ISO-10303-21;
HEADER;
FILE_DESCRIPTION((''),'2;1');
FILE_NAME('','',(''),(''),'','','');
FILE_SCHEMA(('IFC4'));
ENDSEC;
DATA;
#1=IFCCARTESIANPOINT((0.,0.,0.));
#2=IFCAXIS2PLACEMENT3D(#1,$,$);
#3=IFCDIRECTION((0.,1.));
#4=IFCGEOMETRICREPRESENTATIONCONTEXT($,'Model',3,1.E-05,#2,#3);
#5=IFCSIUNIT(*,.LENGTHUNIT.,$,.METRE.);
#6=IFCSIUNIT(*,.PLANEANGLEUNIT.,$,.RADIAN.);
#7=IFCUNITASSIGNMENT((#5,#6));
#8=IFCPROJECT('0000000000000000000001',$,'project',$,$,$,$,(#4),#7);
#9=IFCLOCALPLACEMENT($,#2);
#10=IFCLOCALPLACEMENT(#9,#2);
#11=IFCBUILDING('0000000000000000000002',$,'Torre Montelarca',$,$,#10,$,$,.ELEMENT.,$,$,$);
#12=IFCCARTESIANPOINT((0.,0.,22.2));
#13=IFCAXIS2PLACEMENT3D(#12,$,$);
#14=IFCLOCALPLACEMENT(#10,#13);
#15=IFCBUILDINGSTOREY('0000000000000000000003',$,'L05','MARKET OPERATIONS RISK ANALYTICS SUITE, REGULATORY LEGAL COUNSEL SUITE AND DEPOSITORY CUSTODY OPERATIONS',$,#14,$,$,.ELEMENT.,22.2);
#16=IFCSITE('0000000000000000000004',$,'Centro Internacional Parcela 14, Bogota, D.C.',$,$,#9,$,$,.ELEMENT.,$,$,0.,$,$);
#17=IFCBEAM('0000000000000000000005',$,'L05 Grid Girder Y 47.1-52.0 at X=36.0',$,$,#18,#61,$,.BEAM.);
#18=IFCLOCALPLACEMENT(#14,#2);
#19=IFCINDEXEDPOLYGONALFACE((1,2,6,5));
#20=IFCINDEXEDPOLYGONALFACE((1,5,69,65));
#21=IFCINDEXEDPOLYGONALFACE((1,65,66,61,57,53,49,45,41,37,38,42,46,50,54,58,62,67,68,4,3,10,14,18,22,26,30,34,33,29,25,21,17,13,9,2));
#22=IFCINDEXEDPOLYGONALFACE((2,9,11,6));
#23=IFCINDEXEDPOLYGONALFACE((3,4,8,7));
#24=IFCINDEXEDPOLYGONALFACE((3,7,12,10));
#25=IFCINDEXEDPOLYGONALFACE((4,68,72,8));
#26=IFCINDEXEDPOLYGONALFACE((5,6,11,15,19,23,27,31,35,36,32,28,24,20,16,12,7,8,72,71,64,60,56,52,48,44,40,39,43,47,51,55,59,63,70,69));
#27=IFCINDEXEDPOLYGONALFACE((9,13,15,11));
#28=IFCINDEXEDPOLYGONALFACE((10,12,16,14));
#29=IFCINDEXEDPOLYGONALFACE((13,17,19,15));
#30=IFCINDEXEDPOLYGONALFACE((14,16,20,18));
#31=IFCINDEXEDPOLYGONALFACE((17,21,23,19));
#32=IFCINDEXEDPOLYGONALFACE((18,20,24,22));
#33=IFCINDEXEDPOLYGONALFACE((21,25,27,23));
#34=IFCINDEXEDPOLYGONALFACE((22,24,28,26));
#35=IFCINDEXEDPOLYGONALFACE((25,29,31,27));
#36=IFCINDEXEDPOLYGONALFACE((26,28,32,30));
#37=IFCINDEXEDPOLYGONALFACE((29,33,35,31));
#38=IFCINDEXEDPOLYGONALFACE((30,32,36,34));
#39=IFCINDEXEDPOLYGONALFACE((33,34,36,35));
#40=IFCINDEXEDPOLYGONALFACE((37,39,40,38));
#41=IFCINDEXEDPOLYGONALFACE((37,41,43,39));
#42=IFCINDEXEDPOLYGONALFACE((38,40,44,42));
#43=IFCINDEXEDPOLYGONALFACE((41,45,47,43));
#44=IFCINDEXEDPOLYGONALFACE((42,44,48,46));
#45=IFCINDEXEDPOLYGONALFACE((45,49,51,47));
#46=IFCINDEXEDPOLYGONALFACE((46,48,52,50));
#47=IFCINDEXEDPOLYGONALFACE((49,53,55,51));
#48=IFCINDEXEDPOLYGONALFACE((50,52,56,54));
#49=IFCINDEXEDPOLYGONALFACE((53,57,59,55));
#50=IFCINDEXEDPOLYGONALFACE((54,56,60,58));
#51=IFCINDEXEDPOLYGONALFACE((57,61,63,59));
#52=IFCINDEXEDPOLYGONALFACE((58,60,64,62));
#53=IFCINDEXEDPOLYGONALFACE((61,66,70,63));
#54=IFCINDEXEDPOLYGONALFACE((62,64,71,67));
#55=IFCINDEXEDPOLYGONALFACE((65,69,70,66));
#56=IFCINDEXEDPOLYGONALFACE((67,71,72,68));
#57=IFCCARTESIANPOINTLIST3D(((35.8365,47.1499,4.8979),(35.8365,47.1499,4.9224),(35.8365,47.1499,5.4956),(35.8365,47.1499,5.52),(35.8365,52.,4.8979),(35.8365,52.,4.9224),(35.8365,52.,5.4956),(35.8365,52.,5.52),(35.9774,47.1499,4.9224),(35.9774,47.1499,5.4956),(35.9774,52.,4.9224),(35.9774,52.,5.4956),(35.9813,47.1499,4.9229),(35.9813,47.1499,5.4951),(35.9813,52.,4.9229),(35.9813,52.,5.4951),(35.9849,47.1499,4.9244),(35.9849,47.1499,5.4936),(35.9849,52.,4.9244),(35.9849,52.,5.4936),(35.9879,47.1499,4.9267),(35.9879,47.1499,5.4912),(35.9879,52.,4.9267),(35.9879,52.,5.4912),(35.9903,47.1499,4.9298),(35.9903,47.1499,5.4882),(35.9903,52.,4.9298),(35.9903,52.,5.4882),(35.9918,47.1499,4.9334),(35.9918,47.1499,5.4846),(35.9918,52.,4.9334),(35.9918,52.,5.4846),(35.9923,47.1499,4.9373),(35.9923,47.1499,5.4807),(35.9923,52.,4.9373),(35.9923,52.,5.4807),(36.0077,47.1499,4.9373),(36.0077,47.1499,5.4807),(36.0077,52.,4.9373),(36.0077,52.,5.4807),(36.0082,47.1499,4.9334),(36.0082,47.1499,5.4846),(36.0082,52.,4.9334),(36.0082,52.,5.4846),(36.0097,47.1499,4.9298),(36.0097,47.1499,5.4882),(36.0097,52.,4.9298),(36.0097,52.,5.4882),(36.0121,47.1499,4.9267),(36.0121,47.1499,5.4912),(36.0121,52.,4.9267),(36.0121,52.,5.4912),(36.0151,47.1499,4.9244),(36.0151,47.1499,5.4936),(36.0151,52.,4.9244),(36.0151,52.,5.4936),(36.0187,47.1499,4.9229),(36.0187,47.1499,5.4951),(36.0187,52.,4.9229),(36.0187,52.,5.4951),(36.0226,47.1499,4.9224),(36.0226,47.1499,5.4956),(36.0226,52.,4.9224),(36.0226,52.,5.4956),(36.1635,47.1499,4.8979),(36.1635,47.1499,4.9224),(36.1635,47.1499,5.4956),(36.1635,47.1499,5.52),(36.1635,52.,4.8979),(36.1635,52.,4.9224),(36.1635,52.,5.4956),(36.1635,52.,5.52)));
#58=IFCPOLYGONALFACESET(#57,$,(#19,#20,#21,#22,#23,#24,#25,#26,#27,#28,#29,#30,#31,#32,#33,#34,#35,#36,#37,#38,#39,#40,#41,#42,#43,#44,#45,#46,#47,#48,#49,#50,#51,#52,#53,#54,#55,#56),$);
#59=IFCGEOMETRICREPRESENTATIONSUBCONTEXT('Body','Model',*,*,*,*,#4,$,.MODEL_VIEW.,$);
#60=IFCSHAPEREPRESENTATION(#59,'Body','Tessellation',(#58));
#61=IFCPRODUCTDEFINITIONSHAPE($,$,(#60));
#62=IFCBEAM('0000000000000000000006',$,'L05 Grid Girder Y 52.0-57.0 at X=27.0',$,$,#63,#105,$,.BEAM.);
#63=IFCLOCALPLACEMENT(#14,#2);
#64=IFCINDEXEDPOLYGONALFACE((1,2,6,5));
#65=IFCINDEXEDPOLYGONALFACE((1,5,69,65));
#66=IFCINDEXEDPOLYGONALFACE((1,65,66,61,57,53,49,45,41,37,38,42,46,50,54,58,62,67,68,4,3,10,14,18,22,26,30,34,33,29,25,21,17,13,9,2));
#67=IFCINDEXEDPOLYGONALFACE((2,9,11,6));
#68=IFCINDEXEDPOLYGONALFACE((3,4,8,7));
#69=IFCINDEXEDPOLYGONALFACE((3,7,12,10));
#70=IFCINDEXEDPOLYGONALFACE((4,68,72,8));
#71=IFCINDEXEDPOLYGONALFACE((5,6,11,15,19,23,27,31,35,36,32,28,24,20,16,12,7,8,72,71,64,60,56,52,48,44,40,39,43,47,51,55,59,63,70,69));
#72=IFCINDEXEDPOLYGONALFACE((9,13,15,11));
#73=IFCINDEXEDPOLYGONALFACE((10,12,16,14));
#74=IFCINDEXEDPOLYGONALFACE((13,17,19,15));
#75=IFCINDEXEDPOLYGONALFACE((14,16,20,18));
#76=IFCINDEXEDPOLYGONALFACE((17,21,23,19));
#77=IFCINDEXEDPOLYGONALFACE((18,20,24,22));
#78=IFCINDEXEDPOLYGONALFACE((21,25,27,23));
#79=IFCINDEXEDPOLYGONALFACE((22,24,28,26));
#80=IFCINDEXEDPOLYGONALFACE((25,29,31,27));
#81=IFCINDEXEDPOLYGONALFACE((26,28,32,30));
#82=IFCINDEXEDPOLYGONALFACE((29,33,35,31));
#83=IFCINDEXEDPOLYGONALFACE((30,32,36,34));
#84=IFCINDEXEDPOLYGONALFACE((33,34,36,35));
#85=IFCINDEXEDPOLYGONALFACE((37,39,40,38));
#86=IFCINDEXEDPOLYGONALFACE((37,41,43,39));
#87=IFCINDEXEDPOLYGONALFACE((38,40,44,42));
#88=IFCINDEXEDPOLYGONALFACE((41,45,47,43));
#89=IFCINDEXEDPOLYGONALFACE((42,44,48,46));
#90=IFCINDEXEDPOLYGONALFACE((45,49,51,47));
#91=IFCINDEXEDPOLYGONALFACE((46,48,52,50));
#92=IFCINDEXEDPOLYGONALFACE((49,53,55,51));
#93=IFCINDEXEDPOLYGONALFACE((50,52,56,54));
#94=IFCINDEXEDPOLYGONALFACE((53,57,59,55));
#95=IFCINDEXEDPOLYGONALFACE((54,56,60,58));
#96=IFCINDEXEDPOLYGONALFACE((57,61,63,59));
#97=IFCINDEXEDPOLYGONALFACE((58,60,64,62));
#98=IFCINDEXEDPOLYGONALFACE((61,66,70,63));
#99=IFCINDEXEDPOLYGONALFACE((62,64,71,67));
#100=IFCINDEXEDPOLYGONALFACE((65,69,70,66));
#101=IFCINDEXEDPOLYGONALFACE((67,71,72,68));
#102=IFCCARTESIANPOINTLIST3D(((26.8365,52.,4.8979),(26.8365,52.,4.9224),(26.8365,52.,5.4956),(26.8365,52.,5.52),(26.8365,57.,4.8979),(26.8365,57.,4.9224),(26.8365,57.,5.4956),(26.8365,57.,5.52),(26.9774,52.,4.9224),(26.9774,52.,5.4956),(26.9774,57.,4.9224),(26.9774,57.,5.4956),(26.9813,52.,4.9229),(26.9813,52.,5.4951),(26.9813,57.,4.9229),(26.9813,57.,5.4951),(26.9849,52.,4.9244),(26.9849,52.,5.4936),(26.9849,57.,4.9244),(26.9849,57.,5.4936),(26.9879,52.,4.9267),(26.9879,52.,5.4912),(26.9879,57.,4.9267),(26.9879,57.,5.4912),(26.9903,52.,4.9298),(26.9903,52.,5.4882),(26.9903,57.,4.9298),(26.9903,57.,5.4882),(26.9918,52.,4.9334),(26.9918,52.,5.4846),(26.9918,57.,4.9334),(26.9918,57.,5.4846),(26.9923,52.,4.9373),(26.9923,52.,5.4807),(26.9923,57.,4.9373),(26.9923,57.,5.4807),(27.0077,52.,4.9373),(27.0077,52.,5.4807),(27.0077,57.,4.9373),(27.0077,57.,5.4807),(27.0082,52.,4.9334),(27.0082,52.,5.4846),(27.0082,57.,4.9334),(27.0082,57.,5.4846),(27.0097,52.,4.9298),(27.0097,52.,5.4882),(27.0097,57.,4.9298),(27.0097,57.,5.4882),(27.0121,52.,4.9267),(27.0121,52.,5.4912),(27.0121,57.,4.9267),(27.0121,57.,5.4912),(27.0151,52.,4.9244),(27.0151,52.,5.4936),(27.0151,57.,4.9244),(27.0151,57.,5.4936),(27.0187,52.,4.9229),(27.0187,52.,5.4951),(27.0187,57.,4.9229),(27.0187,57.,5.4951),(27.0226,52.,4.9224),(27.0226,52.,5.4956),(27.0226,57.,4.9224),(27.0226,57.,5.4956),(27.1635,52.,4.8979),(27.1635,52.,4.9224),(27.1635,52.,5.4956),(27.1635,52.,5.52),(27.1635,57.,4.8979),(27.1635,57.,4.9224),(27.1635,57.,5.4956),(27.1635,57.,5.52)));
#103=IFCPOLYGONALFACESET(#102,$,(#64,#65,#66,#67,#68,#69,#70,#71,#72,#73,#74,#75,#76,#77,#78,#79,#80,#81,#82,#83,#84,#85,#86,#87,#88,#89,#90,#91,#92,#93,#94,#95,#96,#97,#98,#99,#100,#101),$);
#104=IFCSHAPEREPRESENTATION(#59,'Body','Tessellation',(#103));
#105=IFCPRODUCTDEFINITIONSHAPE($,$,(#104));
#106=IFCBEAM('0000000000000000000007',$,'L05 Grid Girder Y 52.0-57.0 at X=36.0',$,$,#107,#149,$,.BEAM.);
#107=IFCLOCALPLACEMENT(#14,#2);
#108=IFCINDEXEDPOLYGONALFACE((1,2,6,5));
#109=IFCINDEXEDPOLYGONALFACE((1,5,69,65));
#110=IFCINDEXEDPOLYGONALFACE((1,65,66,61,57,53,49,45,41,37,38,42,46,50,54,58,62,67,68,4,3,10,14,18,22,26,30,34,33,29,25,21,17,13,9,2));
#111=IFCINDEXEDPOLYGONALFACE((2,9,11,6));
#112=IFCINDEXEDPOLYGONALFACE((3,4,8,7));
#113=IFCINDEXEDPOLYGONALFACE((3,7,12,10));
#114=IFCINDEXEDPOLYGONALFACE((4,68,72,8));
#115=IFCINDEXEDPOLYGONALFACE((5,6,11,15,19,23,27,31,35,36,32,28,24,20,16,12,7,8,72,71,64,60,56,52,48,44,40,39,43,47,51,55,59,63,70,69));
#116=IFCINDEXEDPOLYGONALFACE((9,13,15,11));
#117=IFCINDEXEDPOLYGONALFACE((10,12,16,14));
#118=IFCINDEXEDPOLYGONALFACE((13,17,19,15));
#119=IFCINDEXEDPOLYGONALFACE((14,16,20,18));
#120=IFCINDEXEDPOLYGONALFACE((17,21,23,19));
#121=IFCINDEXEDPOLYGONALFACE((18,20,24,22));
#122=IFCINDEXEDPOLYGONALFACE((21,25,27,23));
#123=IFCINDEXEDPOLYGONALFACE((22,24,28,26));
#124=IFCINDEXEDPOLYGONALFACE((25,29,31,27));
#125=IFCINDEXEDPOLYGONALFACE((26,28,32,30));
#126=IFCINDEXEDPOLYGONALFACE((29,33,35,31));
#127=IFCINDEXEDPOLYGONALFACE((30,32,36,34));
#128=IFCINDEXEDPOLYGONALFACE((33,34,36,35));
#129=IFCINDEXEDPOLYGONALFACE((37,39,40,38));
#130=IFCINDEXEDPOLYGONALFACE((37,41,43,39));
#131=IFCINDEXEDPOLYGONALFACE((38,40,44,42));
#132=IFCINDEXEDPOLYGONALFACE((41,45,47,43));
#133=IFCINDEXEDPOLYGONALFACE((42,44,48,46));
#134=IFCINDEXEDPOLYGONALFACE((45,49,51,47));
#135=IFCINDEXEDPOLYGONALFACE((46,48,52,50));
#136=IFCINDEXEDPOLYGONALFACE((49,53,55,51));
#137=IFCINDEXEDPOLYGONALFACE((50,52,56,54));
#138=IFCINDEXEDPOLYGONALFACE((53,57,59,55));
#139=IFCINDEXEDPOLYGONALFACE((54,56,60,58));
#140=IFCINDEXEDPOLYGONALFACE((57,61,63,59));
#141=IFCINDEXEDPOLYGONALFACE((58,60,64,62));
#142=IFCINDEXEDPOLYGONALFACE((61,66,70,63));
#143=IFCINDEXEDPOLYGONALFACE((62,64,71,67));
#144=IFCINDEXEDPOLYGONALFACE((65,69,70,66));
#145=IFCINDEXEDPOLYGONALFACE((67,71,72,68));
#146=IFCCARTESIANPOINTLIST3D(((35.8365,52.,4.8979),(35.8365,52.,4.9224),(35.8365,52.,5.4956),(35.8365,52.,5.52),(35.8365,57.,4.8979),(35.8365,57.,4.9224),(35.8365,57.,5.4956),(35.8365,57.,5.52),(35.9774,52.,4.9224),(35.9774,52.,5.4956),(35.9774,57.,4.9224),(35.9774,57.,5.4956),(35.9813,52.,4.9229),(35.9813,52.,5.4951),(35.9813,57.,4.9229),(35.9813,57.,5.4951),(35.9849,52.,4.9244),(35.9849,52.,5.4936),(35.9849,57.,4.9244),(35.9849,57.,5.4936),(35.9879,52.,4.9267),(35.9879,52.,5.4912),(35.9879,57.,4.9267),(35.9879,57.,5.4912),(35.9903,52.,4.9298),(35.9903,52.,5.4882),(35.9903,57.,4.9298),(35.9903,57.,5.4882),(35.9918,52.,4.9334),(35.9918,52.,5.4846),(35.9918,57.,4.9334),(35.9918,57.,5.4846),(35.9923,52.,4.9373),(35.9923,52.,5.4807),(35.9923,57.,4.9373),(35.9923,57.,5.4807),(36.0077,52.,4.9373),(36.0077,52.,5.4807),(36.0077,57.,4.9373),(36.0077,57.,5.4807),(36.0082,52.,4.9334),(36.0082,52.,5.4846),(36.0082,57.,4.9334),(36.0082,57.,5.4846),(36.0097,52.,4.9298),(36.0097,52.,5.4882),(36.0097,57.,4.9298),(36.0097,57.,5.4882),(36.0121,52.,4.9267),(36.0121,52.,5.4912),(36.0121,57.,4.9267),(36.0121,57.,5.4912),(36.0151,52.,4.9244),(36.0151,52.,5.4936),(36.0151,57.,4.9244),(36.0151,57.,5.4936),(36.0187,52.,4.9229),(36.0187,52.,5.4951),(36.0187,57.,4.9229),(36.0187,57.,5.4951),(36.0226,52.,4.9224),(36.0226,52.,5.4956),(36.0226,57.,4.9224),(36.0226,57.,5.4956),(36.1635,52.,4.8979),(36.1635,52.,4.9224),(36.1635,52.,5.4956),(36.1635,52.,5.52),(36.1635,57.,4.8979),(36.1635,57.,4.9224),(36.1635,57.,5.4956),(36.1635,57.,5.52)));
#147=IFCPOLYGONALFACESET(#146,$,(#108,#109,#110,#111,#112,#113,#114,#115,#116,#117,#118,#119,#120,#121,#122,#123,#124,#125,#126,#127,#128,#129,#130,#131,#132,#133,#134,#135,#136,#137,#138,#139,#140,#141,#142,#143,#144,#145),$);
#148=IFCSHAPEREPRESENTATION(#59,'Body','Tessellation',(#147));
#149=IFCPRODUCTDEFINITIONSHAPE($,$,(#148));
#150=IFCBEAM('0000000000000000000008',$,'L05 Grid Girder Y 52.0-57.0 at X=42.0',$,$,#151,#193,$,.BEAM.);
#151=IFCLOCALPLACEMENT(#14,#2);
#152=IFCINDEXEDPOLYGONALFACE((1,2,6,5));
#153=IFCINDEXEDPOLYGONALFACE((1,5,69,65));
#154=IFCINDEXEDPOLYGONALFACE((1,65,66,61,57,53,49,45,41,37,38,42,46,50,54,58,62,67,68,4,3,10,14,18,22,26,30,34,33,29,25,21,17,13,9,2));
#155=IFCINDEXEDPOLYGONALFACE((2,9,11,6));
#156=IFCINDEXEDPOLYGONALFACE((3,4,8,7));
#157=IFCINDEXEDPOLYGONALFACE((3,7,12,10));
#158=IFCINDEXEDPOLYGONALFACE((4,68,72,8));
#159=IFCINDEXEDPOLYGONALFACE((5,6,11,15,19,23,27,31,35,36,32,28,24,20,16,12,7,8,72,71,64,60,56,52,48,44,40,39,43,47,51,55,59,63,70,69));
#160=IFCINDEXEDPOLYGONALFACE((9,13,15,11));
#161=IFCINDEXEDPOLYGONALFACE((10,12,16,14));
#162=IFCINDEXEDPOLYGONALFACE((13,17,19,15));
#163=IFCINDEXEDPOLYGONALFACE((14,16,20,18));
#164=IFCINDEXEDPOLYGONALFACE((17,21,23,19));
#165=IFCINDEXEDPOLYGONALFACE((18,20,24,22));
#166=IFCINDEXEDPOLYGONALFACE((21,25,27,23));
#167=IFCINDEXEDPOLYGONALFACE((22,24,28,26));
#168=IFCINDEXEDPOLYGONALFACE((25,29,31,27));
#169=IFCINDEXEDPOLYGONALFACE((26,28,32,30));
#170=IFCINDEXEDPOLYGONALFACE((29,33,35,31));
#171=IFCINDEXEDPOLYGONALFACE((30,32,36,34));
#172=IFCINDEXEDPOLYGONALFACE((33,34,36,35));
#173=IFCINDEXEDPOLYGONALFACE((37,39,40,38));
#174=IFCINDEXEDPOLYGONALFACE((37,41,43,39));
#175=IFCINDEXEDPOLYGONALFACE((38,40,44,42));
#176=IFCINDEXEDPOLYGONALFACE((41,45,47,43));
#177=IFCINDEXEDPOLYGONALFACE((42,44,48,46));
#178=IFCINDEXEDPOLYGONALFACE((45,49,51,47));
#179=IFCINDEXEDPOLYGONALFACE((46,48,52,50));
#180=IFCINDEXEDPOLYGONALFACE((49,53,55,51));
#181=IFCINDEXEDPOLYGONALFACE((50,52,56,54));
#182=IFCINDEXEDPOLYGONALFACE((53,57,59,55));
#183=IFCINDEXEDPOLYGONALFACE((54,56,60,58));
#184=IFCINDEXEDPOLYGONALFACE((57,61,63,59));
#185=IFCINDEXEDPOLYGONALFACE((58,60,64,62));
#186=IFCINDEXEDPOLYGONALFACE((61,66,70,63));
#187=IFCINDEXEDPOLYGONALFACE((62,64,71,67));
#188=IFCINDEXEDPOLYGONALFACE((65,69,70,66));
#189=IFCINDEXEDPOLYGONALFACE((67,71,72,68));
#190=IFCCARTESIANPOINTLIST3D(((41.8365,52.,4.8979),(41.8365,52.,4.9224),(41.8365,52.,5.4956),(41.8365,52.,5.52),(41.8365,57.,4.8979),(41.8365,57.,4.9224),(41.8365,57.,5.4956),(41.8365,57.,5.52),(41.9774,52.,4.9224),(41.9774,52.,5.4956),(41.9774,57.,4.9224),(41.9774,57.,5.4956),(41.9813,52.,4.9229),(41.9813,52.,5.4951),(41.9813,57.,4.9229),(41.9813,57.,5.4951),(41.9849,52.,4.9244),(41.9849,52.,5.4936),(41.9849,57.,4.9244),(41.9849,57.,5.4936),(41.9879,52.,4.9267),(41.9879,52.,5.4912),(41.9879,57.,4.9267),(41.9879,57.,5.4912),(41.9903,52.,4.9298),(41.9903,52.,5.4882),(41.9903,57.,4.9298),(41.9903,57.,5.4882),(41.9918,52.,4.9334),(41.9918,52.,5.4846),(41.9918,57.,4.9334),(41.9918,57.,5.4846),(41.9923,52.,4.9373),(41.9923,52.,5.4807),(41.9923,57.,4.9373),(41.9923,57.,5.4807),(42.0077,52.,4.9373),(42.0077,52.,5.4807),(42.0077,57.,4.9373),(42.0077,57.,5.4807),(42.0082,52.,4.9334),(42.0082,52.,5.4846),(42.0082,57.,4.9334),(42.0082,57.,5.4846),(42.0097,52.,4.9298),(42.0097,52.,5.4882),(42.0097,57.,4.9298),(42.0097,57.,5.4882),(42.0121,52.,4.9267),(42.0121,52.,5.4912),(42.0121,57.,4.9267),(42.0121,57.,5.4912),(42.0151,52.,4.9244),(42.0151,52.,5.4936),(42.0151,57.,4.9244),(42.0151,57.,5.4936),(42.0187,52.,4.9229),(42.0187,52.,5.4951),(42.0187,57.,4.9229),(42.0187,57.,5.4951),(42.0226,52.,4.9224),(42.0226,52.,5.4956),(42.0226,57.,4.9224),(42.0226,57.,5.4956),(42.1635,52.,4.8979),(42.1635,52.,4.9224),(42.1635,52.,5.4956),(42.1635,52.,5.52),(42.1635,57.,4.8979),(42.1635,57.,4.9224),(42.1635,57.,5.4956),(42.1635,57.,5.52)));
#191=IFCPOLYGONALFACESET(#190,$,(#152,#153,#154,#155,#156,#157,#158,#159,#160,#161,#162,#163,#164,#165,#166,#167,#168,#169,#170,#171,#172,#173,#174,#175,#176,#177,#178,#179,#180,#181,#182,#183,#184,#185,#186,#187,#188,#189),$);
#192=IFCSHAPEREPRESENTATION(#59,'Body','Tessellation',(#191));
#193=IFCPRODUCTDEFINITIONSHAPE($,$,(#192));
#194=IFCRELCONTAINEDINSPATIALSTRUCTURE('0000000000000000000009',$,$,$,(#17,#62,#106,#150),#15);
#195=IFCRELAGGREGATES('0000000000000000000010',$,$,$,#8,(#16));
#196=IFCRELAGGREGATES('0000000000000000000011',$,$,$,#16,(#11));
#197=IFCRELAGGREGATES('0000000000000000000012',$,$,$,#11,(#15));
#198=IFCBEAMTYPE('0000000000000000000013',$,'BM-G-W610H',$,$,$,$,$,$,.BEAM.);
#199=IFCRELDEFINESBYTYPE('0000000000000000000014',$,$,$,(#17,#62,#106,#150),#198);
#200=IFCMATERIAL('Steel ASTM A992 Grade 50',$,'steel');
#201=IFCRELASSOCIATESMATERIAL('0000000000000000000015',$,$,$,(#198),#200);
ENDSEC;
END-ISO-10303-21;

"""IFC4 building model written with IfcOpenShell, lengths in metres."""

from ifc_helpers import new_model, si_unit, direction, frame, origin, origin_2d, place, context, subcontext, project, spatial, i_section, extrude, source, transform, mapped, material, material_profile, profile_set, type_object, element, save


model = new_model("IFC4")

# Units and contexts
model_context = context("Model", 3, precision=1e-05, world=origin(), true_north=direction((0.0, 1.0)))
body_context = subcontext(model_context, "Body", "Model", "MODEL_VIEW")
ifc_project = project(units=[si_unit("LENGTHUNIT", "METRE"), si_unit("PLANEANGLEUNIT", "RADIAN")], contexts=[model_context])

# Site, building, storey
site_placement = place(None, origin())
site = spatial("IfcSite", under=ifc_project, at=site_placement, Name="Centro Internacional Parcela 14, Bogota, D.C.", CompositionType="ELEMENT", RefElevation=0.0)
building_placement = place(site_placement, origin())
building = spatial("IfcBuilding", under=site, at=building_placement, Name="Torre Montelarca", CompositionType="ELEMENT")
storey_placement = place(building_placement, frame((0.0, 0.0, 22.2)))
storey = spatial("IfcBuildingStorey", under=building, at=storey_placement, Name="L05", Description="MARKET OPERATIONS RISK ANALYTICS SUITE, REGULATORY LEGAL COUNSEL SUITE AND DEPOSITORY CUSTODY OPERATIONS", CompositionType="ELEMENT", Elevation=22.2)

# Beams
ifc_material_1 = material(Name="Steel ASTM A992 Grade 50", Category="steel")
ifc_material_profile_1 = material_profile(ifc_material_1, i_section(OverallWidth=0.3269, OverallDepth=0.6221, WebThickness=0.0154, FlangeThickness=0.0244, FilletRadius=0.0149, at=origin_2d()), Name="W610X195", Category="steel")
ifc_profile_set_1 = profile_set([ifc_material_profile_1], Name="Steel ASTM A992 Grade 50")
beam_type_1 = type_object("IfcBeamType", Name="BM-G-W610H", PredefinedType="BEAM", material=ifc_profile_set_1)
shared_shape_1 = source(origin(), body_context, "Body", "SweptSolid", [
    extrude(i_section(OverallWidth=0.3269, OverallDepth=0.6221, WebThickness=0.0154, FlangeThickness=0.0244, FilletRadius=0.0149, at=origin_2d()), origin(), (0.0, 0.0, 1.0), 4.8501),
])
for number, where, z_axis, x_axis, name in (
    (1, (36.0, 47.1499, 5.209), (0.0, 1.0, 0.0), (-1.0, 0.0, 0.0), "L05 Grid Girder Y 47.1-52.0 at X=36.0"),
):
    element("IfcBeam", number, at=place(storey_placement, frame(where, z_axis=z_axis, x_axis=x_axis)), inside=storey, type_object=beam_type_1, Name=name, PredefinedType="BEAM", context=body_context, shape_type="MappedRepresentation", body=[
        mapped(shared_shape_1, transform((0.0, 0.0, 0.0), scale=1.0)),
    ])
shared_shape_2 = source(origin(), body_context, "Body", "SweptSolid", [
    extrude(i_section(OverallWidth=0.3269, OverallDepth=0.6221, WebThickness=0.0154, FlangeThickness=0.0244, FilletRadius=0.0149, at=origin_2d()), origin(), (0.0, 0.0, 1.0), 5.0),
])
for number, where, z_axis, x_axis, name in (
    (2, (27.0, 52.0, 5.209), (0.0, 1.0, 0.0), (-1.0, 0.0, 0.0), "L05 Grid Girder Y 52.0-57.0 at X=27.0"),
    (3, (36.0, 52.0, 5.209), (0.0, 1.0, 0.0), (-1.0, 0.0, 0.0), "L05 Grid Girder Y 52.0-57.0 at X=36.0"),
    (4, (42.0, 52.0, 5.209), (0.0, 1.0, 0.0), (-1.0, 0.0, 0.0), "L05 Grid Girder Y 52.0-57.0 at X=42.0"),
):
    element("IfcBeam", number, at=place(storey_placement, frame(where, z_axis=z_axis, x_axis=x_axis)), inside=storey, type_object=beam_type_1, Name=name, PredefinedType="BEAM", context=body_context, shape_type="MappedRepresentation", body=[
        mapped(shared_shape_2, transform((0.0, 0.0, 0.0), scale=1.0)),
    ])

save(model, "model.ifc")
